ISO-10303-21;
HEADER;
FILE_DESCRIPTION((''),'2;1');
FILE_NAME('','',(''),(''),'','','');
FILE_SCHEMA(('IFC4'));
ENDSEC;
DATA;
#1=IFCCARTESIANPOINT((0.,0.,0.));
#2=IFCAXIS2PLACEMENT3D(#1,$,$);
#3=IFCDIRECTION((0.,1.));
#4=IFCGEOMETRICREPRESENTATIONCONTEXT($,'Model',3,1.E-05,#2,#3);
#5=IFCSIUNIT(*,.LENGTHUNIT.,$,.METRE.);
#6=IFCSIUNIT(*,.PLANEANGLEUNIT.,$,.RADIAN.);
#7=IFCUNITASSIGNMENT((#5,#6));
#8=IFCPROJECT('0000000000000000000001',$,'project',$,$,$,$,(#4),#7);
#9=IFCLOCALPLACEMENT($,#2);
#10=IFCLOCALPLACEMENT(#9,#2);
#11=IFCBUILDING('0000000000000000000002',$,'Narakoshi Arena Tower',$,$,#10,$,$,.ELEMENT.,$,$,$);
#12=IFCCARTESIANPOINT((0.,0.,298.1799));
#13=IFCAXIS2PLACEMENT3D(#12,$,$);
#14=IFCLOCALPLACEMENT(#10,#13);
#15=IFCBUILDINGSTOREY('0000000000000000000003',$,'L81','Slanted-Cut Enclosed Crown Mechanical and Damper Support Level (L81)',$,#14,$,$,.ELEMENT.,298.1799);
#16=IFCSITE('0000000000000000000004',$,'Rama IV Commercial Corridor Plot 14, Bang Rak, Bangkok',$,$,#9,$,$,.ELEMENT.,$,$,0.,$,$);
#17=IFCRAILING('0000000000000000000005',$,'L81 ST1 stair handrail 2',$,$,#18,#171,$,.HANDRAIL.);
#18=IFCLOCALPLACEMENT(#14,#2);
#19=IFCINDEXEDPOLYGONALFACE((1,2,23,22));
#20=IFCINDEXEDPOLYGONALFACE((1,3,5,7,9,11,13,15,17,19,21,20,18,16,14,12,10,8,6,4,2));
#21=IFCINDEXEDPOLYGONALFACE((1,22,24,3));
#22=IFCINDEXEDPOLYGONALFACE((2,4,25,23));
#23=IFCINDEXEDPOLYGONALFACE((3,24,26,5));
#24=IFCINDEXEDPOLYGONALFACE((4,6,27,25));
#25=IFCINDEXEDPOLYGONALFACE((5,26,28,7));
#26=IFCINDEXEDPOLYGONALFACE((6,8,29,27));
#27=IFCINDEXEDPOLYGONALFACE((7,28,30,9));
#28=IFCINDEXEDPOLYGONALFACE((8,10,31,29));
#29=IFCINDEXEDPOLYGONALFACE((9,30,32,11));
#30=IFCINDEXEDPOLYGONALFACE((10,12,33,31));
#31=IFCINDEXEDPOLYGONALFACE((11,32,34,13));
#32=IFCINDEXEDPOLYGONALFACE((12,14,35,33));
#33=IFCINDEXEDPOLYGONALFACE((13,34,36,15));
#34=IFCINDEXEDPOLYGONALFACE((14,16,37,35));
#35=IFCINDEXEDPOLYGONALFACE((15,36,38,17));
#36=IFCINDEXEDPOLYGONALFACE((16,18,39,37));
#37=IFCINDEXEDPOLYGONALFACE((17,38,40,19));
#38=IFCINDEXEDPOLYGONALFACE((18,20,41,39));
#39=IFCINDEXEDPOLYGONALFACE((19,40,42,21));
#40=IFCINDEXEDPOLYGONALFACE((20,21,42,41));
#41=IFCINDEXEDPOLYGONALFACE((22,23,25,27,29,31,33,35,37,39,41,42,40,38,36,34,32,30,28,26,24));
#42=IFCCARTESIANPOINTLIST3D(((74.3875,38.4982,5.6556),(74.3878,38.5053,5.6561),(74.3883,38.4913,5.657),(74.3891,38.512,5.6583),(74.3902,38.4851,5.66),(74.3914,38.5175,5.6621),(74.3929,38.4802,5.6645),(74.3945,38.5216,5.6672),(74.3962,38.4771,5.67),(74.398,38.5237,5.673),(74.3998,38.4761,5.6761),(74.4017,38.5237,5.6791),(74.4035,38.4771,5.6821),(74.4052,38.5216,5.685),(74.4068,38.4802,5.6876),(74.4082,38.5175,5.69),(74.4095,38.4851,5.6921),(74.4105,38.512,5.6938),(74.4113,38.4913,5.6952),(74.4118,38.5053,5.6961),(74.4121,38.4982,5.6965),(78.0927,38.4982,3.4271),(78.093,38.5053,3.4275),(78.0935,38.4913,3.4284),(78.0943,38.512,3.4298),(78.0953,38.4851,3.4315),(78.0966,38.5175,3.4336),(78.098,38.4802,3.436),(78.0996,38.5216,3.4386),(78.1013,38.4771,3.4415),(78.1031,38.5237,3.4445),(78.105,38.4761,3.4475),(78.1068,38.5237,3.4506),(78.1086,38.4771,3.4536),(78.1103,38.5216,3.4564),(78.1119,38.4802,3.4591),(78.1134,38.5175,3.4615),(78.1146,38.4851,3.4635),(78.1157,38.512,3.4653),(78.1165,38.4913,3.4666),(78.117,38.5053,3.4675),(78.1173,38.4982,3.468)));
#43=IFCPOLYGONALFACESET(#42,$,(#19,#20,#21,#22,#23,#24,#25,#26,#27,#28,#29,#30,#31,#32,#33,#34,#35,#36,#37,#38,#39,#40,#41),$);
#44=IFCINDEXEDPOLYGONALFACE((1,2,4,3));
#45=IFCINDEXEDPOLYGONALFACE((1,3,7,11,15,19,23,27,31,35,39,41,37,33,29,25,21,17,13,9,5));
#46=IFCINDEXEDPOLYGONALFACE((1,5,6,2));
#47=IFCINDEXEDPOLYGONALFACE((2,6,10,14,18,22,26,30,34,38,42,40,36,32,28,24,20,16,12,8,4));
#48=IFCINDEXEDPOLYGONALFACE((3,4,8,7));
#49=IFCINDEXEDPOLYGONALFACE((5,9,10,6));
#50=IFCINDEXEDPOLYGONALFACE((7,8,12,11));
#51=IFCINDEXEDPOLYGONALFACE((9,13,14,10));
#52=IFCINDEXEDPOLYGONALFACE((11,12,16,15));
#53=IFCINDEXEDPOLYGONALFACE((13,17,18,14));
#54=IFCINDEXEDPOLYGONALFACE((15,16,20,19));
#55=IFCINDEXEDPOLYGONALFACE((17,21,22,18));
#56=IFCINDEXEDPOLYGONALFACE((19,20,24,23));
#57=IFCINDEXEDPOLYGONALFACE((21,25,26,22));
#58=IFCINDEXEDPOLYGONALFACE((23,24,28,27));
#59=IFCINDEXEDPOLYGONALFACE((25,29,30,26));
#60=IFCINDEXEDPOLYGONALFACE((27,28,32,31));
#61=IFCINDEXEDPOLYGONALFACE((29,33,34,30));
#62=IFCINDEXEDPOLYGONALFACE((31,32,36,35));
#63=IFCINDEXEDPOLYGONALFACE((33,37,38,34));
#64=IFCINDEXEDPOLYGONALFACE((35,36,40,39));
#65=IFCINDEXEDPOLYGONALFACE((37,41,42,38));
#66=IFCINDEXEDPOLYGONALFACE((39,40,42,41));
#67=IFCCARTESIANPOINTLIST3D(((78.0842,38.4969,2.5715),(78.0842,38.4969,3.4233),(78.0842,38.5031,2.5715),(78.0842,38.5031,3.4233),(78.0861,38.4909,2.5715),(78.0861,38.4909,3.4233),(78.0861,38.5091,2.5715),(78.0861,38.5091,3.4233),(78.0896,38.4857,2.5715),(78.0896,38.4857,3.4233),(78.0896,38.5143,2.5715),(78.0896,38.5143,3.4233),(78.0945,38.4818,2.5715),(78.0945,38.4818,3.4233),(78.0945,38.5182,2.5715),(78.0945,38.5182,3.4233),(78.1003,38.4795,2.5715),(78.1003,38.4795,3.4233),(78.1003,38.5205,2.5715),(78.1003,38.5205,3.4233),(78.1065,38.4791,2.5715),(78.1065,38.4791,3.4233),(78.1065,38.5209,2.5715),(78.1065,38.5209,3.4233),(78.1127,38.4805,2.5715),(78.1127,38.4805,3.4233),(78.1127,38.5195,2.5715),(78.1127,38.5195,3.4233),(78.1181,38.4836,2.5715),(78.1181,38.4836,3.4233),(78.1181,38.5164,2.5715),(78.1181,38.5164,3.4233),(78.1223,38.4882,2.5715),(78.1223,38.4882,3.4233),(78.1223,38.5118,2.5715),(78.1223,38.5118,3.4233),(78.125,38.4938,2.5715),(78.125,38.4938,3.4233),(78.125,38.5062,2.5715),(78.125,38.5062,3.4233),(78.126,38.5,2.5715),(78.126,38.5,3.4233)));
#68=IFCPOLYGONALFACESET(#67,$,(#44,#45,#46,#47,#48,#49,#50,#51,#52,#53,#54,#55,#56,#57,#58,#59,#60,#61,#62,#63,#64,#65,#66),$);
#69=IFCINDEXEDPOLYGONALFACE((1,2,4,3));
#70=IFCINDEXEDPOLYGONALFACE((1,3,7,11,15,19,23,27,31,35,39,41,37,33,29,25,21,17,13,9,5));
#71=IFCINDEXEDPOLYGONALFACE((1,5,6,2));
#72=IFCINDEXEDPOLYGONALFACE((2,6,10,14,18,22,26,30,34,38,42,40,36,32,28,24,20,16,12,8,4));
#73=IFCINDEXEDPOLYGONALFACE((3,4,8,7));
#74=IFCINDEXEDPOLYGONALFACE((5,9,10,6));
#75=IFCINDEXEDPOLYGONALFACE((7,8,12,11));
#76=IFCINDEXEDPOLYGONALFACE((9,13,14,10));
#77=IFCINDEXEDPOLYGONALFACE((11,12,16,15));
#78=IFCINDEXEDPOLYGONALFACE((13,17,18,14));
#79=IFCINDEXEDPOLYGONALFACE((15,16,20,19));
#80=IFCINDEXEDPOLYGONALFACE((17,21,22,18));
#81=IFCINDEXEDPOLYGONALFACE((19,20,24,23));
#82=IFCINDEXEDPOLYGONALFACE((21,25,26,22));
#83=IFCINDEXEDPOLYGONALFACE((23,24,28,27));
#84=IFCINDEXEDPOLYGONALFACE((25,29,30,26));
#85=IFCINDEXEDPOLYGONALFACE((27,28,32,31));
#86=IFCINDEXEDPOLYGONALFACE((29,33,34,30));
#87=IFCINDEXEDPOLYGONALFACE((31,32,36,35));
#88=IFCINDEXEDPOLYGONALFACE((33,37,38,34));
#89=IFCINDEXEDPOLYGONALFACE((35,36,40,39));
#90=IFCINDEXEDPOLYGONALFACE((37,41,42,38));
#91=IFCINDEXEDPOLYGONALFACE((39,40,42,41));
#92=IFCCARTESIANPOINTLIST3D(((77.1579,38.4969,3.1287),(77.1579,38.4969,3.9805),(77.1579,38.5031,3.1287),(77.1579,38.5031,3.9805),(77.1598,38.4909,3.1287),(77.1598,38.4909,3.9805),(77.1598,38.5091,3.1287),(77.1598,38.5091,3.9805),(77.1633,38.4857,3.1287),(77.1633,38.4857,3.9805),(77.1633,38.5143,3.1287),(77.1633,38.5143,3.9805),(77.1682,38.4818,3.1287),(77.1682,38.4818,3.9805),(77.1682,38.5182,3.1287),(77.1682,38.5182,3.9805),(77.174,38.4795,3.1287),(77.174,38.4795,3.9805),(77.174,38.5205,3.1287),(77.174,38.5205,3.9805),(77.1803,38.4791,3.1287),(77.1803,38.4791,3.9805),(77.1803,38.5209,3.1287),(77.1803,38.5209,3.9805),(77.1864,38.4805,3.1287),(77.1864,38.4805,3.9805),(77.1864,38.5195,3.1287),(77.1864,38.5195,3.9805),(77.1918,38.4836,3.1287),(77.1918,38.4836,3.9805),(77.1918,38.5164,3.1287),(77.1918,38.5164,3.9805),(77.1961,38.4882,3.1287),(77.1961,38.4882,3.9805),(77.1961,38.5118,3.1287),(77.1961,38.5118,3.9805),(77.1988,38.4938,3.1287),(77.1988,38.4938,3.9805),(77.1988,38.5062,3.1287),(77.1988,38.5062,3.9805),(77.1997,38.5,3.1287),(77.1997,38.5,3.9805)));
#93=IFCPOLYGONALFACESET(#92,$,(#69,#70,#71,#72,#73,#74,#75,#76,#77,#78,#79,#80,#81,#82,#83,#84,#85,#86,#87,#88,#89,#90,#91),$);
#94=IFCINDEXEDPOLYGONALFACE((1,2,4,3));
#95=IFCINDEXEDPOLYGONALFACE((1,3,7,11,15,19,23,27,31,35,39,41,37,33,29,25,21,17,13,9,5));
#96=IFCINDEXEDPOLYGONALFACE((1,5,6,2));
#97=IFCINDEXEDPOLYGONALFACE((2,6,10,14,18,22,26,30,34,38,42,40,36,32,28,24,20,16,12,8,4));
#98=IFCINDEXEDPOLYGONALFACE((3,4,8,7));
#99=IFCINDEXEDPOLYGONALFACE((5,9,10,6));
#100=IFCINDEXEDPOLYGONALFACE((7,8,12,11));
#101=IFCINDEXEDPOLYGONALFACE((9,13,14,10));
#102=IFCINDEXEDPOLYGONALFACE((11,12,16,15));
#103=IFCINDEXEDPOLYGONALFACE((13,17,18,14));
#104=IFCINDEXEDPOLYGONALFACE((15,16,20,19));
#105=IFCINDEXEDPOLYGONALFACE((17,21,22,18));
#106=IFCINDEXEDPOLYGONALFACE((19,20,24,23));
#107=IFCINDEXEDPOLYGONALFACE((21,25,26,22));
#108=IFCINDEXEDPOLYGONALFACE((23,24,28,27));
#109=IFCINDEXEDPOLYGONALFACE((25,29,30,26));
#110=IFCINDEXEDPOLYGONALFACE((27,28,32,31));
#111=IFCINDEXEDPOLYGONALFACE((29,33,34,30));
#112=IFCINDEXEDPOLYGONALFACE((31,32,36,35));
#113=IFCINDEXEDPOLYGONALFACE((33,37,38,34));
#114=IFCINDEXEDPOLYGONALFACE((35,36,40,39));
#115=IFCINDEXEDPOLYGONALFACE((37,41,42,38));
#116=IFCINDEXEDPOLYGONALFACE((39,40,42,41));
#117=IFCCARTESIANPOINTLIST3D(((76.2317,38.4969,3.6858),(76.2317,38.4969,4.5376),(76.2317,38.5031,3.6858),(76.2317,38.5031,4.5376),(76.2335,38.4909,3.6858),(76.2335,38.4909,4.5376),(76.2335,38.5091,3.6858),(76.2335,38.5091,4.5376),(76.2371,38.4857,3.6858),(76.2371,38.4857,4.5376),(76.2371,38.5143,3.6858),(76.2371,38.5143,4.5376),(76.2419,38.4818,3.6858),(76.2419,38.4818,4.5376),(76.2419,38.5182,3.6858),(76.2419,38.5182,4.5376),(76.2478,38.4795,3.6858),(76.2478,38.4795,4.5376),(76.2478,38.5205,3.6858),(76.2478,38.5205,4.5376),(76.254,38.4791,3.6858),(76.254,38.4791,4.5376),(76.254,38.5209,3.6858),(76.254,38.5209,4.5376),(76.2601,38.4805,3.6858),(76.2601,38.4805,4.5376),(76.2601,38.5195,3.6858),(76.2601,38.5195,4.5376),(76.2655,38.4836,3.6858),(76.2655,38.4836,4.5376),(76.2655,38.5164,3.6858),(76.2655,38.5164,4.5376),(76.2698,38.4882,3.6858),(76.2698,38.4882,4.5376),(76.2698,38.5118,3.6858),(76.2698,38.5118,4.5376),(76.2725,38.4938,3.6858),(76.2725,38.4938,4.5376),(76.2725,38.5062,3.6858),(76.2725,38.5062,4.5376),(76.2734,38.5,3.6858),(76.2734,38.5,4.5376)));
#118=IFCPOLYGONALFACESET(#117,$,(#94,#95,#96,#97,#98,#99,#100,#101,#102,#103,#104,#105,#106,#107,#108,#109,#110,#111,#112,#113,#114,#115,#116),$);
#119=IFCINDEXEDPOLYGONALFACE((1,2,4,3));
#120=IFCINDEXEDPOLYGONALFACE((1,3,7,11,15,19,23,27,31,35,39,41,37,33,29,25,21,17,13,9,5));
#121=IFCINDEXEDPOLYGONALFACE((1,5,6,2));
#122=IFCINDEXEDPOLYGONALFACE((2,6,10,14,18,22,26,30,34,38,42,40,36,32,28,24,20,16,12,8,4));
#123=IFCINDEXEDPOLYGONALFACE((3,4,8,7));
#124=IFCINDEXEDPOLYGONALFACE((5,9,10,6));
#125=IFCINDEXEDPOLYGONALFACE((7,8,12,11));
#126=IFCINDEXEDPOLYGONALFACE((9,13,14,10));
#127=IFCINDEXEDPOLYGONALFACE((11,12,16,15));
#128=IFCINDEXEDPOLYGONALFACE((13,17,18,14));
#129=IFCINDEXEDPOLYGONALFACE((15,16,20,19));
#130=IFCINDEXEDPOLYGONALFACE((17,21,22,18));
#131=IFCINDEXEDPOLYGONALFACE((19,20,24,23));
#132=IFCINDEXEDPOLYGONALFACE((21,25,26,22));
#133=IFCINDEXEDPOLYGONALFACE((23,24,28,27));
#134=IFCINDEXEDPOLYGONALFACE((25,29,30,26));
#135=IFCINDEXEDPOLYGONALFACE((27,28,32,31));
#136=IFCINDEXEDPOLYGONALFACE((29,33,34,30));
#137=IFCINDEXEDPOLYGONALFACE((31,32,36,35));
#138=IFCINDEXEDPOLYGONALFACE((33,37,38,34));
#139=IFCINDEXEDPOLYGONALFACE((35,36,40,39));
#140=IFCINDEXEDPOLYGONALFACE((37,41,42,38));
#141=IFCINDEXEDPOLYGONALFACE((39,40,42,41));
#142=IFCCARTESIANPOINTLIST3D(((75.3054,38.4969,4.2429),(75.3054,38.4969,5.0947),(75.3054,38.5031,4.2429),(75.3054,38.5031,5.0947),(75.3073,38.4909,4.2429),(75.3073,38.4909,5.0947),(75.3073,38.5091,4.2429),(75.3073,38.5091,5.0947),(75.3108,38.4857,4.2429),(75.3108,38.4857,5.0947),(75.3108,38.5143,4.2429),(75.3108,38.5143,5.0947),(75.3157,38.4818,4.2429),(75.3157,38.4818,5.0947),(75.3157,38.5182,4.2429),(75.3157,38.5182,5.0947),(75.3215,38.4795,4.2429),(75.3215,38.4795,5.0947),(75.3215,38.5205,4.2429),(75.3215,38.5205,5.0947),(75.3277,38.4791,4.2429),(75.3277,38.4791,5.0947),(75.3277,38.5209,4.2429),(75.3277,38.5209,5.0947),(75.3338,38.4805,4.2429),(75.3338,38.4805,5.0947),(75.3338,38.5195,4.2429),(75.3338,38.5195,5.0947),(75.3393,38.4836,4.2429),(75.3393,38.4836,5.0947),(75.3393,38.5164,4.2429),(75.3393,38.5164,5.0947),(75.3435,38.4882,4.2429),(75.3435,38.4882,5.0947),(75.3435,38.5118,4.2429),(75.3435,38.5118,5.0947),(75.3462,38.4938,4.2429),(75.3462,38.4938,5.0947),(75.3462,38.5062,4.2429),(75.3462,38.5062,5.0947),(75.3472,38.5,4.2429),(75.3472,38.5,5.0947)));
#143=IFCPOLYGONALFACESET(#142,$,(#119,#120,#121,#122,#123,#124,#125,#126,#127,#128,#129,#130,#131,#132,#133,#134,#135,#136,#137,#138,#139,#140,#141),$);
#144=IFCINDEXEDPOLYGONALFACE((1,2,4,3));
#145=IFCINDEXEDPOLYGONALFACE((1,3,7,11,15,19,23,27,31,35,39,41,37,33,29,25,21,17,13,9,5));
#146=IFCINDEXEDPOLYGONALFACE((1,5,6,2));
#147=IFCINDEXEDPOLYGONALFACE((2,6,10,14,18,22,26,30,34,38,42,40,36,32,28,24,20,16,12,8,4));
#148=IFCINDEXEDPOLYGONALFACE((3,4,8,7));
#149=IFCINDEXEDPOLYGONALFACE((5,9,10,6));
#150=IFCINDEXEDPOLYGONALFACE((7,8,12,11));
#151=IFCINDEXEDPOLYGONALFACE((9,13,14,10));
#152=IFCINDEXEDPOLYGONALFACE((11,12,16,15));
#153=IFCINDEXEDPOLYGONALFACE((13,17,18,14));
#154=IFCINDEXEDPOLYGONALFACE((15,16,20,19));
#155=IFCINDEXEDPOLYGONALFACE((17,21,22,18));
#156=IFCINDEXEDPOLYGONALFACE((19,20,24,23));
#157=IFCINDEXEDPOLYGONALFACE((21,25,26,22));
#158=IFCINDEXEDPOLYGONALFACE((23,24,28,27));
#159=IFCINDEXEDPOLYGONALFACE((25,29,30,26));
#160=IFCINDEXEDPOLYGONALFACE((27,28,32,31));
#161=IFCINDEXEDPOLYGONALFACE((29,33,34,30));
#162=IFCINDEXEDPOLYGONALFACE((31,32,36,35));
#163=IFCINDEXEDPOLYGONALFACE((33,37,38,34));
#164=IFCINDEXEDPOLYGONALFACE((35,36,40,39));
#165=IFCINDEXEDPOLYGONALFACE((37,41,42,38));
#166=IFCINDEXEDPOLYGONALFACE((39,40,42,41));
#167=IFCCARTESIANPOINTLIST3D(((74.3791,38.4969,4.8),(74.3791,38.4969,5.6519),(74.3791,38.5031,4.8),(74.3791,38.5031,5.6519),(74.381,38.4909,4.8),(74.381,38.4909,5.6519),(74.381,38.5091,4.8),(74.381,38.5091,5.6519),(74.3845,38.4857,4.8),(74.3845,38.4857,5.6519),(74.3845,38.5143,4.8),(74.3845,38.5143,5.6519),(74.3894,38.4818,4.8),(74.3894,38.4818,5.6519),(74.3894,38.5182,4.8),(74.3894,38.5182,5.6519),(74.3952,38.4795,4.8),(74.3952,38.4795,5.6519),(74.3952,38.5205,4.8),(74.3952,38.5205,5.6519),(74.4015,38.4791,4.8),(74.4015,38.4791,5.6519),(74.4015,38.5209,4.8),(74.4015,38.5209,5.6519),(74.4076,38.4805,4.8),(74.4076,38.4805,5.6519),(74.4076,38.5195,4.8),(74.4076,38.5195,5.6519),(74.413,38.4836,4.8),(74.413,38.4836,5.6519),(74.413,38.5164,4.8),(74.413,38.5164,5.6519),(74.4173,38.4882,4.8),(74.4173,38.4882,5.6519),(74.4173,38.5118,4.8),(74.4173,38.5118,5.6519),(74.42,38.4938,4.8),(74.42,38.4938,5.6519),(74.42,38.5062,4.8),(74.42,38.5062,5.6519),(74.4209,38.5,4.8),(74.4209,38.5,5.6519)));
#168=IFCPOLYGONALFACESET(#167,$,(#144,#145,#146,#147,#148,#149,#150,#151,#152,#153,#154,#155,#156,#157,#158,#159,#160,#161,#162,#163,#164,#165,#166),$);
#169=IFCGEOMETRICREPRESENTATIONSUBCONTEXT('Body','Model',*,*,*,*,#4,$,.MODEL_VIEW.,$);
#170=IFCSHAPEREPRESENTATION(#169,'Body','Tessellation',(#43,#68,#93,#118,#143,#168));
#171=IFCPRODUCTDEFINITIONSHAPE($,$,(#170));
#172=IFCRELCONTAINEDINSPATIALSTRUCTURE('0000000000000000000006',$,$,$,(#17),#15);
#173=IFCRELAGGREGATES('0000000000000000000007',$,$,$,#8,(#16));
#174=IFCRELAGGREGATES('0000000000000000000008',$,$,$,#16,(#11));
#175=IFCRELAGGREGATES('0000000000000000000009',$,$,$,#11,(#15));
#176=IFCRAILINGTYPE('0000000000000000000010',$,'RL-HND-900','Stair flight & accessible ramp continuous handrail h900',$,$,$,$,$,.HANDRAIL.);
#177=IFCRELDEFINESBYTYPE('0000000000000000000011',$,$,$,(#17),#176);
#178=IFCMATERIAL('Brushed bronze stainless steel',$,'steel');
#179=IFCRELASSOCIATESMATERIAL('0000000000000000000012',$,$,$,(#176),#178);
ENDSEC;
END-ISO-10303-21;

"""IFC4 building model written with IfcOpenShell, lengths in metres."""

from ifc_helpers import new_model, si_unit, direction, frame, origin, origin_2d, place, context, subcontext, project, spatial, circle, extrude, material, type_object, element, save


model = new_model("IFC4")

# Units and contexts
model_context = context("Model", 3, precision=1e-05, world=origin(), true_north=direction((0.0, 1.0)))
body_context = subcontext(model_context, "Body", "Model", "MODEL_VIEW")
ifc_project = project(units=[si_unit("LENGTHUNIT", "METRE"), si_unit("PLANEANGLEUNIT", "RADIAN")], contexts=[model_context])

# Site, building, storey
site_placement = place(None, origin())
site = spatial("IfcSite", under=ifc_project, at=site_placement, Name="Rama IV Commercial Corridor Plot 14, Bang Rak, Bangkok", CompositionType="ELEMENT", RefElevation=0.0)
building_placement = place(site_placement, origin())
building = spatial("IfcBuilding", under=site, at=building_placement, Name="Narakoshi Arena Tower", CompositionType="ELEMENT")
storey_placement = place(building_placement, frame((0.0, 0.0, 298.1799)))
storey = spatial("IfcBuildingStorey", under=building, at=storey_placement, Name="L81", Description="Slanted-Cut Enclosed Crown Mechanical and Damper Support Level (L81)", CompositionType="ELEMENT", Elevation=298.1799)

# Shared definitions
ifc_material_1 = material(Name="Brushed bronze stainless steel", Category="steel")

# Railing
railing_type_1 = type_object("IfcRailingType", Name="RL-HND-900", Description="Stair flight & accessible ramp continuous handrail h900", PredefinedType="HANDRAIL", material=ifc_material_1)
railing_1_placement = place(storey_placement, frame((78.105, 38.5, 2.5715)))
element("IfcRailing", 1, at=railing_1_placement, inside=storey, type_object=railing_type_1, Name="L81 ST1 stair handrail 2", PredefinedType="HANDRAIL", context=body_context, shape_type="SweptSolid", body=[
    extrude(circle(Radius=0.0239, at=origin_2d()), frame((0.0, 0.0, 0.876), z_axis=(-0.856934, 0.0, 0.515425), x_axis=(0.0, -1.0, 0.0)), (0.0, 0.0, 1.0), 4.3237),
    extrude(circle(Radius=0.021, at=origin_2d()), origin(), (0.0, 0.0, 1.0), 0.8518),
    extrude(circle(Radius=0.021, at=origin_2d()), frame((-0.9263, 0.0, 0.5571)), (0.0, 0.0, 1.0), 0.8518),
    extrude(circle(Radius=0.021, at=origin_2d()), frame((-1.8525, 0.0, 1.1143)), (0.0, 0.0, 1.0), 0.8518),
    extrude(circle(Radius=0.021, at=origin_2d()), frame((-2.7788, 0.0, 1.6714)), (0.0, 0.0, 1.0), 0.8518),
    extrude(circle(Radius=0.021, at=origin_2d()), frame((-3.7051, 0.0, 2.2285)), (0.0, 0.0, 1.0), 0.8518),
])

save(model, "model.ifc")
